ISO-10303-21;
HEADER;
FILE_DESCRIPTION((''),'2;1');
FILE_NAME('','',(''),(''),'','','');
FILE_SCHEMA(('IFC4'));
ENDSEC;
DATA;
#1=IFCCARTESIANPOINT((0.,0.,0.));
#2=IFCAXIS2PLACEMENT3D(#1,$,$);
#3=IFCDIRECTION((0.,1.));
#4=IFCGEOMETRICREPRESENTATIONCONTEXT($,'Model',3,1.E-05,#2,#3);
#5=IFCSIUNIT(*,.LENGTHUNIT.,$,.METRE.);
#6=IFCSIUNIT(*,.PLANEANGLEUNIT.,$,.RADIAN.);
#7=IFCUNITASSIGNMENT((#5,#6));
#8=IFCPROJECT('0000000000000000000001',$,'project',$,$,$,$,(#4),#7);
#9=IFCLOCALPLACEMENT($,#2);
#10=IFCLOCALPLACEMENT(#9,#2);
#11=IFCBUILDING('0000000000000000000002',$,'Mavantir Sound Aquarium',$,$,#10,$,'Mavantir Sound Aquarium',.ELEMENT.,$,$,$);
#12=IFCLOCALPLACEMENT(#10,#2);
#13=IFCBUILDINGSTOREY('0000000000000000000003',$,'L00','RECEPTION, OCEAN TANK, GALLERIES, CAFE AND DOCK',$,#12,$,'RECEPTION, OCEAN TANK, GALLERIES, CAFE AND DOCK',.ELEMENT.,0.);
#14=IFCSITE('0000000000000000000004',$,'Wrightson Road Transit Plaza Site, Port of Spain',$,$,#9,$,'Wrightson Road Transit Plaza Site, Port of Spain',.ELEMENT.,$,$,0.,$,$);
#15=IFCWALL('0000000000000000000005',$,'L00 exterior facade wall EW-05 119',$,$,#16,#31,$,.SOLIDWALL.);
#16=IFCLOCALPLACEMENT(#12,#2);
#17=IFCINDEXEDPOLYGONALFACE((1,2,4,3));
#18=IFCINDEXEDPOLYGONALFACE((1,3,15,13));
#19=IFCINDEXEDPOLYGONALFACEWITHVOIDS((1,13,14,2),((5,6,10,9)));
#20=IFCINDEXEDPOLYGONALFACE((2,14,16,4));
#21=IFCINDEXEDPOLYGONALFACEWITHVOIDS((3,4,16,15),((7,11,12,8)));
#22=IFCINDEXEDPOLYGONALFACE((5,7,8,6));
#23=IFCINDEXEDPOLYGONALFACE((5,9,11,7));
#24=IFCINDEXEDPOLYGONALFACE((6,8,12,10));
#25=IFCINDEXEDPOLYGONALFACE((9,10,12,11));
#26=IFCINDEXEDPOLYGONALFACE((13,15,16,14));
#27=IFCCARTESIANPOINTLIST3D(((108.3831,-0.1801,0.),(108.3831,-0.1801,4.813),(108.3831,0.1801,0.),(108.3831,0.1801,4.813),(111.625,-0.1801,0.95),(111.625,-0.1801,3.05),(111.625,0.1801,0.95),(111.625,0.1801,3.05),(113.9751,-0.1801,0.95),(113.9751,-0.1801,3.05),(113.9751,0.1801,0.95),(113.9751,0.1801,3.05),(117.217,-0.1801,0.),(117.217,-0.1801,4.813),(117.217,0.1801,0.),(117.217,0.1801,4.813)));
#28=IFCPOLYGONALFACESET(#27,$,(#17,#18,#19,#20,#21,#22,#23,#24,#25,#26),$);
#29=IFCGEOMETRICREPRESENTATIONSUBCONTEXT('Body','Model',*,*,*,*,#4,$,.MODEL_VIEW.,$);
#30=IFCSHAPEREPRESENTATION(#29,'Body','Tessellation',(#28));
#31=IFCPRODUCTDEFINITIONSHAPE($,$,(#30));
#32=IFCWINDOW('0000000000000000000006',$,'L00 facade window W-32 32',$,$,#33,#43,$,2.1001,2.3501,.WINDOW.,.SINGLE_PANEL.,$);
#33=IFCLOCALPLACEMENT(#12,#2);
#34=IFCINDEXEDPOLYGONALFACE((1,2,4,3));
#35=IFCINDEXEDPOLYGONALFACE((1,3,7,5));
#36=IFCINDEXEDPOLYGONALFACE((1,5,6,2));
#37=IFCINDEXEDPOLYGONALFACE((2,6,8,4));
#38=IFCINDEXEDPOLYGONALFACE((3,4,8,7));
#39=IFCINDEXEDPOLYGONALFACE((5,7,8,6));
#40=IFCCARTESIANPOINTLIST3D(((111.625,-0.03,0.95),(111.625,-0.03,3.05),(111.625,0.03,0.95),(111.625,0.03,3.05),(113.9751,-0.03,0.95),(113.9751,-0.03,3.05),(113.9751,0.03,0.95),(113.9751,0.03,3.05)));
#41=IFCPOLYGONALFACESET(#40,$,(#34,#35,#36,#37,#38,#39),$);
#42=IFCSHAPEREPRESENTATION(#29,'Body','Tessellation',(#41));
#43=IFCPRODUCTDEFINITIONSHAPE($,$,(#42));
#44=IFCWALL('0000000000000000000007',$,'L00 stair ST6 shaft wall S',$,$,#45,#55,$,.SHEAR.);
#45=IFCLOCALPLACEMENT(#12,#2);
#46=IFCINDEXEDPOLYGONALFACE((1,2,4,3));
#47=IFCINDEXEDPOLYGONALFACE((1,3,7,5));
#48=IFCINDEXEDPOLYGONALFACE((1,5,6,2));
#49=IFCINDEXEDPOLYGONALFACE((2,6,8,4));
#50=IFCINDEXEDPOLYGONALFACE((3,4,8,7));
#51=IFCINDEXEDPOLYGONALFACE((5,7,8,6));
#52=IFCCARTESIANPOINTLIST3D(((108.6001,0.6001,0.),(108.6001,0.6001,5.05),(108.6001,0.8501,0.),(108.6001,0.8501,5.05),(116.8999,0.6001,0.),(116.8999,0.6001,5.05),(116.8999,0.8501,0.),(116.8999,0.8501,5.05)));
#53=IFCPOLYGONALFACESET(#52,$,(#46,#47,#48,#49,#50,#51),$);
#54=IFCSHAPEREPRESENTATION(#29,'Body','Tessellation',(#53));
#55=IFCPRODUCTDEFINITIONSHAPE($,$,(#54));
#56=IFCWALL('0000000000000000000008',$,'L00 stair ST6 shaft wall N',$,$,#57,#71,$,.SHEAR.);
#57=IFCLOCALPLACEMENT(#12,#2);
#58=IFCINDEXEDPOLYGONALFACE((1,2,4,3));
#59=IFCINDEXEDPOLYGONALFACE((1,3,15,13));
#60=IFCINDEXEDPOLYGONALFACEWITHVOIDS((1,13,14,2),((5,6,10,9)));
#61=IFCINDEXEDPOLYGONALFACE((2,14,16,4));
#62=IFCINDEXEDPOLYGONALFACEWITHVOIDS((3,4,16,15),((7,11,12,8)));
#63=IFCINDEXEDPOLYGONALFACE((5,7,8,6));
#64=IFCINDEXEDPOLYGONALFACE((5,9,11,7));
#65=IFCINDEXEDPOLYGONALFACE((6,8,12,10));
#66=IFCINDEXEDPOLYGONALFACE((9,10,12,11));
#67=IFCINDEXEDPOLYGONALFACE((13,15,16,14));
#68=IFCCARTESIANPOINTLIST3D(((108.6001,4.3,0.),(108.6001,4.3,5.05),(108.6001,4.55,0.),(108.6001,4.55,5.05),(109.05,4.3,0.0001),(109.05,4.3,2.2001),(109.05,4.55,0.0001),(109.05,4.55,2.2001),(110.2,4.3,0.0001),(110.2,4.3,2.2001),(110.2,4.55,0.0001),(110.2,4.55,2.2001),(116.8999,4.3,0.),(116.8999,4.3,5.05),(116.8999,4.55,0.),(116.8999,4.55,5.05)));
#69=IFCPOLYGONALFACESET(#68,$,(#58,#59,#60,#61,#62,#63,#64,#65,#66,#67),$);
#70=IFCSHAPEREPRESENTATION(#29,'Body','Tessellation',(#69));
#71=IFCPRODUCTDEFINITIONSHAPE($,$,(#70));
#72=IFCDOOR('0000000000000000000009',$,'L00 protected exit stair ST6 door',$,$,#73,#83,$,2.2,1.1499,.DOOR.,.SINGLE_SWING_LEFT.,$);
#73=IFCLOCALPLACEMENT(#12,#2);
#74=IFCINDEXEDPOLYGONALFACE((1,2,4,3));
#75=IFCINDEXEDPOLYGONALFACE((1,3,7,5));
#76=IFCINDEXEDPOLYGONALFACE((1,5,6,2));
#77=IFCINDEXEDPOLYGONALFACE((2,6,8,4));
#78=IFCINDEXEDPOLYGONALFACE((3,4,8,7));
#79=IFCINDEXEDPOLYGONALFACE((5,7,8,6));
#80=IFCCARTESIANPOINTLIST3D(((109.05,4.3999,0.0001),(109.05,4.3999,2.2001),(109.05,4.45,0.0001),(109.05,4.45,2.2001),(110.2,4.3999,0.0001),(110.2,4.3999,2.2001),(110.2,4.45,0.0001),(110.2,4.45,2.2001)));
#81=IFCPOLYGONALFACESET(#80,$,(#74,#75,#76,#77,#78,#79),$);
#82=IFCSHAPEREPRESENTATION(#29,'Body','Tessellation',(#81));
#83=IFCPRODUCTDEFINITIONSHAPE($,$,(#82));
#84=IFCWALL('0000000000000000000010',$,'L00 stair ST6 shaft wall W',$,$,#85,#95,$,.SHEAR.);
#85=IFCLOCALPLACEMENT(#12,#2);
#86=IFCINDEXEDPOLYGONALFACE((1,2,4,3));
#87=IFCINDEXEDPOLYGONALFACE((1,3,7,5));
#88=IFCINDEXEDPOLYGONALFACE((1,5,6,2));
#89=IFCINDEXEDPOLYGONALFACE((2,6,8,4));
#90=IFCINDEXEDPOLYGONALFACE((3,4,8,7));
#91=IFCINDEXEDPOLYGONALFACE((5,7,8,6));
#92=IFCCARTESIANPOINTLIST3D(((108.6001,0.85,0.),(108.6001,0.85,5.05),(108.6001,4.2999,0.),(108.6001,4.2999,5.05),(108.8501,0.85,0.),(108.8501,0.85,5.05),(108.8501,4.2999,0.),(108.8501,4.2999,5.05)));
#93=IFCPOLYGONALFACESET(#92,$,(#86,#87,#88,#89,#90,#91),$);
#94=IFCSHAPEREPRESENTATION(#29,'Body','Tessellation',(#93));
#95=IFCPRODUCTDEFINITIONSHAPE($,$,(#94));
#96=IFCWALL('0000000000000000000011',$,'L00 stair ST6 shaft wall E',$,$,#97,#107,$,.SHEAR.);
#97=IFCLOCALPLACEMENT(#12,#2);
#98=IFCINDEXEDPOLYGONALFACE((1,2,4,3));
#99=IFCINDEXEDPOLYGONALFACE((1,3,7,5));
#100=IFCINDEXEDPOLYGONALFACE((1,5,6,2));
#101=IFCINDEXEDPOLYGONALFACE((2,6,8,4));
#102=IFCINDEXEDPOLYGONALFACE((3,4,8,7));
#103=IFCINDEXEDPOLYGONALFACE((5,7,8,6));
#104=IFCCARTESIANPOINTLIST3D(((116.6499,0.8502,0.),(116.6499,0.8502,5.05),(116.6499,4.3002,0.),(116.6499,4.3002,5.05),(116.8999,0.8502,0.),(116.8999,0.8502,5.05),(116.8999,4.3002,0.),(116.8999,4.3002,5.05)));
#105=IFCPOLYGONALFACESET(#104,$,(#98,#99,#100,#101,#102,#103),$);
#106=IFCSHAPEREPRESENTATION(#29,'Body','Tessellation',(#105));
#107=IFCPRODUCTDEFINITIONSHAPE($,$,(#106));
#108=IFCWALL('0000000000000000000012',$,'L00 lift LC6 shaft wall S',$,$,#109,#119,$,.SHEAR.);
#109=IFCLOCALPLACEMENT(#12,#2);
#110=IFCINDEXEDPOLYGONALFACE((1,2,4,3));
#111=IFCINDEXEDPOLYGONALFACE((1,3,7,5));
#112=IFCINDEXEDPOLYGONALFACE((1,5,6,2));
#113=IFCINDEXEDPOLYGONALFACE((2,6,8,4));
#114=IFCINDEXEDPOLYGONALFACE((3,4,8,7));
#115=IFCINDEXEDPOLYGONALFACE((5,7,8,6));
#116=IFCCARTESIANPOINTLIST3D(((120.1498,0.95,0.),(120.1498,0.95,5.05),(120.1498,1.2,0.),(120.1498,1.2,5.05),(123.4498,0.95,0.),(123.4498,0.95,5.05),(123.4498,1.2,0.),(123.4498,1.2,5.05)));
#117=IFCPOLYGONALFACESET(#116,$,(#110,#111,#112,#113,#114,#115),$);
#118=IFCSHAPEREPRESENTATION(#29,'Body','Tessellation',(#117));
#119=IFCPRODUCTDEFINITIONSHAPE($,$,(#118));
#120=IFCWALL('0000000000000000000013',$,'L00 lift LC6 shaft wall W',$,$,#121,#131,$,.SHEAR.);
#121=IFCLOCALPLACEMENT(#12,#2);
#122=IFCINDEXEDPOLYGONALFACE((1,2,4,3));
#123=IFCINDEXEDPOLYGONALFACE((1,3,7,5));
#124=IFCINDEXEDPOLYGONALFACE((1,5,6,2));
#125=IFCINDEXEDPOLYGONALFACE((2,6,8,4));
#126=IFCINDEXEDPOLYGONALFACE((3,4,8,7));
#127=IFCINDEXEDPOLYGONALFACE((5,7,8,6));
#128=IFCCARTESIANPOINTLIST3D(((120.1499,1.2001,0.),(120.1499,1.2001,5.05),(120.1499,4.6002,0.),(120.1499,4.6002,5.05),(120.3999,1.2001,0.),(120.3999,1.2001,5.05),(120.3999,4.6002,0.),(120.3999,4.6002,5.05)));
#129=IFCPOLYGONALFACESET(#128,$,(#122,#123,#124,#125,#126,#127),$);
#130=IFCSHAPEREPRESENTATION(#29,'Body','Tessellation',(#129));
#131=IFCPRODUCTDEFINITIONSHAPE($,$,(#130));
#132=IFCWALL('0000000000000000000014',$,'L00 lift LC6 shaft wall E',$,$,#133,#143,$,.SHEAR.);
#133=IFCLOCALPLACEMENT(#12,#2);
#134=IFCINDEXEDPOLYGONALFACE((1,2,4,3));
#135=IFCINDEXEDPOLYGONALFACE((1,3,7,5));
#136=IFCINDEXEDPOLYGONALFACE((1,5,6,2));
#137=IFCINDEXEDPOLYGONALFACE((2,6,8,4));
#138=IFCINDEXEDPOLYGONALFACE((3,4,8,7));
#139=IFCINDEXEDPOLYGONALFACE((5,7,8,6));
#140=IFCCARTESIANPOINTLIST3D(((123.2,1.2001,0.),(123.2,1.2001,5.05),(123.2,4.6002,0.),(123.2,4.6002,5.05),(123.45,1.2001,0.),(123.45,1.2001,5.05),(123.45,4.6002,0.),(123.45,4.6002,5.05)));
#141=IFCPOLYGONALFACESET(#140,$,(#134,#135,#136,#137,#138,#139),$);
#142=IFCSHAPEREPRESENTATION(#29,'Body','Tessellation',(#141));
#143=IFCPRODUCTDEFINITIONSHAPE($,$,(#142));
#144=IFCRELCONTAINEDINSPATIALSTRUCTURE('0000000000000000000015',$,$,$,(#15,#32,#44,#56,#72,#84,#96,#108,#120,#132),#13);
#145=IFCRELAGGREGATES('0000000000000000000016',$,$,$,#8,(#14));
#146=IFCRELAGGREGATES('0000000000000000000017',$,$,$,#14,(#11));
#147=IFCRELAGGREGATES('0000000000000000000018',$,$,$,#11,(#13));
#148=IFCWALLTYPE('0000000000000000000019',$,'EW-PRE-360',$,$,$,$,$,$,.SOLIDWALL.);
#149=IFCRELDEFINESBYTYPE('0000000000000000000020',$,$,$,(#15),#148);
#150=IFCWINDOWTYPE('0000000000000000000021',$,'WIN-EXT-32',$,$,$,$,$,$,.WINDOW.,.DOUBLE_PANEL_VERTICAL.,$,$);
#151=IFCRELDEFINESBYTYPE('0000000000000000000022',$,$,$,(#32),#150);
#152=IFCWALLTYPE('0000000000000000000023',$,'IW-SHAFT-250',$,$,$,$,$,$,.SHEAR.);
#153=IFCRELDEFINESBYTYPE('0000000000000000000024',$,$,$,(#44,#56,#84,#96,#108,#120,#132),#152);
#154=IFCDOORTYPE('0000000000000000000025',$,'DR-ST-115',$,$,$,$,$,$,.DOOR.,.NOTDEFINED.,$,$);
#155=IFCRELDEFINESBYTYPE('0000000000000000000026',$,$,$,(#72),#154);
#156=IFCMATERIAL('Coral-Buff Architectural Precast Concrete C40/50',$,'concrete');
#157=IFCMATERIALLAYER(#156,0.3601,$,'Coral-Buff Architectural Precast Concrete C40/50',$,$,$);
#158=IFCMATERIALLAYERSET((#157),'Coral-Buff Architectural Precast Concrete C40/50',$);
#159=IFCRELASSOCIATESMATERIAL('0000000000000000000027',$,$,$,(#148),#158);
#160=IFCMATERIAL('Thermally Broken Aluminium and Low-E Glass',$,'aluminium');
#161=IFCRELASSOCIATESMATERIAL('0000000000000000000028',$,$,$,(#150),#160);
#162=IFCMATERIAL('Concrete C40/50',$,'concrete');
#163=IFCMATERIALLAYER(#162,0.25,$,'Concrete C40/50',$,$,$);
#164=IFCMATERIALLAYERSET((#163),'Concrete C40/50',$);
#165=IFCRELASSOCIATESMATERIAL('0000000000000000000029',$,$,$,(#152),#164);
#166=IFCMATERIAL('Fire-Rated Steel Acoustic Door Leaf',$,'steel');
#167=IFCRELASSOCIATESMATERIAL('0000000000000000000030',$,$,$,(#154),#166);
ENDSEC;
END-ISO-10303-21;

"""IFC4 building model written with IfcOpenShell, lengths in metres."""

from ifc_helpers import new_model, si_unit, direction, frame, frame_2d, origin, place, context, subcontext, project, spatial, rectangle, extrude, material, layer, layer_set, type_object, element, fill, save


model = new_model("IFC4")

# Units and contexts
model_context = context("Model", 3, precision=1e-05, world=origin(), true_north=direction((0.0, 1.0)))
body_context = subcontext(model_context, "Body", "Model", "MODEL_VIEW")
ifc_project = project(units=[si_unit("LENGTHUNIT", "METRE"), si_unit("PLANEANGLEUNIT", "RADIAN")], contexts=[model_context])

# Site, building, storey
site_placement = place(None, origin())
site = spatial("IfcSite", under=ifc_project, at=site_placement, Name="Wrightson Road Transit Plaza Site, Port of Spain", LongName="Wrightson Road Transit Plaza Site, Port of Spain", CompositionType="ELEMENT", RefElevation=0.0)
building_placement = place(site_placement, origin())
building = spatial("IfcBuilding", under=site, at=building_placement, Name="Mavantir Sound Aquarium", LongName="Mavantir Sound Aquarium", CompositionType="ELEMENT")
storey_placement = place(building_placement, origin())
storey = spatial("IfcBuildingStorey", under=building, at=storey_placement, Name="L00", Description="RECEPTION, OCEAN TANK, GALLERIES, CAFE AND DOCK", LongName="RECEPTION, OCEAN TANK, GALLERIES, CAFE AND DOCK", CompositionType="ELEMENT", Elevation=0.0)

# Shared definitions
ifc_material_1 = material(Name="Concrete C40/50", Category="concrete")

# Wall, opening, window
ifc_material_2 = material(Name="Thermally Broken Aluminium and Low-E Glass", Category="aluminium")
ifc_material_3 = material(Name="Coral-Buff Architectural Precast Concrete C40/50", Category="concrete")
ifc_layer_1 = layer(ifc_material_3, 0.3601, Name="Coral-Buff Architectural Precast Concrete C40/50")
ifc_layer_set_1 = layer_set([ifc_layer_1], Name="Coral-Buff Architectural Precast Concrete C40/50")
wall_type_1 = type_object("IfcWallType", Name="EW-PRE-360", PredefinedType="SOLIDWALL", material=ifc_layer_set_1)
wall_1_placement = place(storey_placement, frame((108.3831, 0.0, 0.0), z_axis=(0.0, 0.0, 1.0), x_axis=(1.0, 0.0, 0.0)))
wall_1 = element("IfcWall", 1, at=wall_1_placement, inside=storey, type_object=wall_type_1, Name="L00 exterior facade wall EW-05 119", PredefinedType="SOLIDWALL", context=body_context, shape_type="SweptSolid", body=[
    extrude(rectangle(XDim=8.834, YDim=0.3601, at=frame_2d((4.417, 0.0))), origin(), (0.0, 0.0, 1.0), 4.813),
])
opening_1_placement = place(wall_1_placement, frame((3.2419, 0.0, 0.95)))
opening_1 = element("IfcOpeningElement", 2, at=opening_1_placement, cuts=wall_1, PredefinedType="OPENING", context=body_context, shape_type="SweptSolid", body=[
    extrude(rectangle(XDim=2.3501, YDim=2.1001, at=frame_2d((1.175, 1.05))), frame((0.0, 0.1899, 0.0), z_axis=(0.0, -1.0, 0.0), x_axis=(1.0, 0.0, 0.0)), (0.0, 0.0, 1.0), 0.3801),
])
window_type_1 = type_object("IfcWindowType", Name="WIN-EXT-32", PartitioningType="DOUBLE_PANEL_VERTICAL", PredefinedType="WINDOW", material=ifc_material_2)
window_1_placement = place(opening_1_placement, origin())
window_1 = element("IfcWindow", 3, at=window_1_placement, inside=storey, type_object=window_type_1, Name="L00 facade window W-32 32", OverallHeight=2.1001, OverallWidth=2.3501, PartitioningType="SINGLE_PANEL", PredefinedType="WINDOW", context=body_context, shape_type="SweptSolid", body=[
    extrude(rectangle(XDim=2.3501, YDim=2.1001, at=frame_2d((1.175, 1.05))), frame((0.0, 0.03, 0.0), z_axis=(0.0, -1.0, 0.0), x_axis=(1.0, 0.0, 0.0)), (0.0, 0.0, 1.0), 0.0601),
])
fill(opening_1, window_1)

# Wall
ifc_layer_2 = layer(ifc_material_1, 0.25, Name="Concrete C40/50")
ifc_layer_set_2 = layer_set([ifc_layer_2], Name="Concrete C40/50")
wall_type_2 = type_object("IfcWallType", Name="IW-SHAFT-250", PredefinedType="SHEAR", material=ifc_layer_set_2)
wall_2_placement = place(storey_placement, frame((108.6001, 0.7251, 0.0), z_axis=(0.0, 0.0, 1.0), x_axis=(1.0, 0.0, 0.0)))
element("IfcWall", 4, at=wall_2_placement, inside=storey, type_object=wall_type_2, Name="L00 stair ST6 shaft wall S", PredefinedType="SHEAR", context=body_context, shape_type="SweptSolid", body=[
    extrude(rectangle(XDim=8.2998, YDim=0.25, at=frame_2d((4.1499, 0.0))), origin(), (0.0, 0.0, 1.0), 5.05),
])

# Wall, opening, door
wall_3_placement = place(storey_placement, frame((116.8999, 4.425, 0.0), z_axis=(0.0, 0.0, 1.0), x_axis=(-1.0, 0.0, 0.0)))
wall_3 = element("IfcWall", 5, at=wall_3_placement, inside=storey, type_object=wall_type_2, Name="L00 stair ST6 shaft wall N", PredefinedType="SHEAR", context=body_context, shape_type="SweptSolid", body=[
    extrude(rectangle(XDim=8.2998, YDim=0.25, at=frame_2d((4.1499, 0.0))), origin(), (0.0, 0.0, 1.0), 5.05),
])
opening_2_placement = place(wall_3_placement, frame((7.8499, 0.0, 0.0), z_axis=(0.0, 0.0, 1.0), x_axis=(-1.0, 0.0, 0.0)))
opening_2 = element("IfcOpeningElement", 6, at=opening_2_placement, cuts=wall_3, PredefinedType="OPENING", context=body_context, shape_type="SweptSolid", body=[
    extrude(rectangle(XDim=1.1499, YDim=2.2, at=frame_2d((0.575, 1.1001))), frame((0.0, 0.135, 0.0), z_axis=(0.0, -1.0, 0.0), x_axis=(1.0, 0.0, 0.0)), (0.0, 0.0, 1.0), 0.27),
])
ifc_material_4 = material(Name="Fire-Rated Steel Acoustic Door Leaf", Category="steel")
door_type = type_object("IfcDoorType", Name="DR-ST-115", OperationType="NOTDEFINED", PredefinedType="DOOR", material=ifc_material_4)
door_placement = place(opening_2_placement, origin())
door = element("IfcDoor", 7, at=door_placement, inside=storey, type_object=door_type, Name="L00 protected exit stair ST6 door", OperationType="SINGLE_SWING_LEFT", OverallHeight=2.2, OverallWidth=1.1499, PredefinedType="DOOR", context=body_context, shape_type="SweptSolid", body=[
    extrude(rectangle(XDim=1.1499, YDim=2.2, at=frame_2d((0.575, 1.1001))), frame((0.0, 0.0249, 0.0), z_axis=(0.0, -1.0, 0.0), x_axis=(1.0, 0.0, 0.0)), (0.0, 0.0, 1.0), 0.05),
])
fill(opening_2, door)

# Walls
for number, where, z_axis, x_axis, name in (
    (8, (108.7251, 4.3, 0.0), (0.0, 0.0, 1.0), (0.0, -1.0, 0.0), "L00 stair ST6 shaft wall W"),
    (9, (116.7749, 0.8501, 0.0), (0.0, 0.0, 1.0), (0.0, 1.0, 0.0), "L00 stair ST6 shaft wall E"),
):
    element("IfcWall", number, at=place(storey_placement, frame(where, z_axis=z_axis, x_axis=x_axis)), inside=storey, type_object=wall_type_2, Name=name, PredefinedType="SHEAR", context=body_context, shape_type="SweptSolid", body=[
        extrude(rectangle(XDim=3.45, YDim=0.25, at=frame_2d((1.7251, 0.0))), origin(), (0.0, 0.0, 1.0), 5.05),
    ])
wall_4_placement = place(storey_placement, frame((120.1499, 1.075, 0.0), z_axis=(0.0, 0.0, 1.0), x_axis=(1.0, 0.0, 0.0)))
element("IfcWall", 10, at=wall_4_placement, inside=storey, type_object=wall_type_2, Name="L00 lift LC6 shaft wall S", PredefinedType="SHEAR", context=body_context, shape_type="SweptSolid", body=[
    extrude(rectangle(XDim=3.3, YDim=0.25, at=frame_2d((1.6499, 0.0))), origin(), (0.0, 0.0, 1.0), 5.05),
])
for number, where, z_axis, x_axis, name in (
    (11, (120.2749, 1.2, 0.0), (0.0, 0.0, 1.0), (0.0, 1.0, 0.0), "L00 lift LC6 shaft wall W"),
    (12, (123.325, 1.2, 0.0), (0.0, 0.0, 1.0), (0.0, 1.0, 0.0), "L00 lift LC6 shaft wall E"),
):
    element("IfcWall", number, at=place(storey_placement, frame(where, z_axis=z_axis, x_axis=x_axis)), inside=storey, type_object=wall_type_2, Name=name, PredefinedType="SHEAR", context=body_context, shape_type="SweptSolid", body=[
        extrude(rectangle(XDim=3.4001, YDim=0.25, at=frame_2d((1.7002, 0.0))), origin(), (0.0, 0.0, 1.0), 5.05),
    ])

save(model, "model.ifc")
